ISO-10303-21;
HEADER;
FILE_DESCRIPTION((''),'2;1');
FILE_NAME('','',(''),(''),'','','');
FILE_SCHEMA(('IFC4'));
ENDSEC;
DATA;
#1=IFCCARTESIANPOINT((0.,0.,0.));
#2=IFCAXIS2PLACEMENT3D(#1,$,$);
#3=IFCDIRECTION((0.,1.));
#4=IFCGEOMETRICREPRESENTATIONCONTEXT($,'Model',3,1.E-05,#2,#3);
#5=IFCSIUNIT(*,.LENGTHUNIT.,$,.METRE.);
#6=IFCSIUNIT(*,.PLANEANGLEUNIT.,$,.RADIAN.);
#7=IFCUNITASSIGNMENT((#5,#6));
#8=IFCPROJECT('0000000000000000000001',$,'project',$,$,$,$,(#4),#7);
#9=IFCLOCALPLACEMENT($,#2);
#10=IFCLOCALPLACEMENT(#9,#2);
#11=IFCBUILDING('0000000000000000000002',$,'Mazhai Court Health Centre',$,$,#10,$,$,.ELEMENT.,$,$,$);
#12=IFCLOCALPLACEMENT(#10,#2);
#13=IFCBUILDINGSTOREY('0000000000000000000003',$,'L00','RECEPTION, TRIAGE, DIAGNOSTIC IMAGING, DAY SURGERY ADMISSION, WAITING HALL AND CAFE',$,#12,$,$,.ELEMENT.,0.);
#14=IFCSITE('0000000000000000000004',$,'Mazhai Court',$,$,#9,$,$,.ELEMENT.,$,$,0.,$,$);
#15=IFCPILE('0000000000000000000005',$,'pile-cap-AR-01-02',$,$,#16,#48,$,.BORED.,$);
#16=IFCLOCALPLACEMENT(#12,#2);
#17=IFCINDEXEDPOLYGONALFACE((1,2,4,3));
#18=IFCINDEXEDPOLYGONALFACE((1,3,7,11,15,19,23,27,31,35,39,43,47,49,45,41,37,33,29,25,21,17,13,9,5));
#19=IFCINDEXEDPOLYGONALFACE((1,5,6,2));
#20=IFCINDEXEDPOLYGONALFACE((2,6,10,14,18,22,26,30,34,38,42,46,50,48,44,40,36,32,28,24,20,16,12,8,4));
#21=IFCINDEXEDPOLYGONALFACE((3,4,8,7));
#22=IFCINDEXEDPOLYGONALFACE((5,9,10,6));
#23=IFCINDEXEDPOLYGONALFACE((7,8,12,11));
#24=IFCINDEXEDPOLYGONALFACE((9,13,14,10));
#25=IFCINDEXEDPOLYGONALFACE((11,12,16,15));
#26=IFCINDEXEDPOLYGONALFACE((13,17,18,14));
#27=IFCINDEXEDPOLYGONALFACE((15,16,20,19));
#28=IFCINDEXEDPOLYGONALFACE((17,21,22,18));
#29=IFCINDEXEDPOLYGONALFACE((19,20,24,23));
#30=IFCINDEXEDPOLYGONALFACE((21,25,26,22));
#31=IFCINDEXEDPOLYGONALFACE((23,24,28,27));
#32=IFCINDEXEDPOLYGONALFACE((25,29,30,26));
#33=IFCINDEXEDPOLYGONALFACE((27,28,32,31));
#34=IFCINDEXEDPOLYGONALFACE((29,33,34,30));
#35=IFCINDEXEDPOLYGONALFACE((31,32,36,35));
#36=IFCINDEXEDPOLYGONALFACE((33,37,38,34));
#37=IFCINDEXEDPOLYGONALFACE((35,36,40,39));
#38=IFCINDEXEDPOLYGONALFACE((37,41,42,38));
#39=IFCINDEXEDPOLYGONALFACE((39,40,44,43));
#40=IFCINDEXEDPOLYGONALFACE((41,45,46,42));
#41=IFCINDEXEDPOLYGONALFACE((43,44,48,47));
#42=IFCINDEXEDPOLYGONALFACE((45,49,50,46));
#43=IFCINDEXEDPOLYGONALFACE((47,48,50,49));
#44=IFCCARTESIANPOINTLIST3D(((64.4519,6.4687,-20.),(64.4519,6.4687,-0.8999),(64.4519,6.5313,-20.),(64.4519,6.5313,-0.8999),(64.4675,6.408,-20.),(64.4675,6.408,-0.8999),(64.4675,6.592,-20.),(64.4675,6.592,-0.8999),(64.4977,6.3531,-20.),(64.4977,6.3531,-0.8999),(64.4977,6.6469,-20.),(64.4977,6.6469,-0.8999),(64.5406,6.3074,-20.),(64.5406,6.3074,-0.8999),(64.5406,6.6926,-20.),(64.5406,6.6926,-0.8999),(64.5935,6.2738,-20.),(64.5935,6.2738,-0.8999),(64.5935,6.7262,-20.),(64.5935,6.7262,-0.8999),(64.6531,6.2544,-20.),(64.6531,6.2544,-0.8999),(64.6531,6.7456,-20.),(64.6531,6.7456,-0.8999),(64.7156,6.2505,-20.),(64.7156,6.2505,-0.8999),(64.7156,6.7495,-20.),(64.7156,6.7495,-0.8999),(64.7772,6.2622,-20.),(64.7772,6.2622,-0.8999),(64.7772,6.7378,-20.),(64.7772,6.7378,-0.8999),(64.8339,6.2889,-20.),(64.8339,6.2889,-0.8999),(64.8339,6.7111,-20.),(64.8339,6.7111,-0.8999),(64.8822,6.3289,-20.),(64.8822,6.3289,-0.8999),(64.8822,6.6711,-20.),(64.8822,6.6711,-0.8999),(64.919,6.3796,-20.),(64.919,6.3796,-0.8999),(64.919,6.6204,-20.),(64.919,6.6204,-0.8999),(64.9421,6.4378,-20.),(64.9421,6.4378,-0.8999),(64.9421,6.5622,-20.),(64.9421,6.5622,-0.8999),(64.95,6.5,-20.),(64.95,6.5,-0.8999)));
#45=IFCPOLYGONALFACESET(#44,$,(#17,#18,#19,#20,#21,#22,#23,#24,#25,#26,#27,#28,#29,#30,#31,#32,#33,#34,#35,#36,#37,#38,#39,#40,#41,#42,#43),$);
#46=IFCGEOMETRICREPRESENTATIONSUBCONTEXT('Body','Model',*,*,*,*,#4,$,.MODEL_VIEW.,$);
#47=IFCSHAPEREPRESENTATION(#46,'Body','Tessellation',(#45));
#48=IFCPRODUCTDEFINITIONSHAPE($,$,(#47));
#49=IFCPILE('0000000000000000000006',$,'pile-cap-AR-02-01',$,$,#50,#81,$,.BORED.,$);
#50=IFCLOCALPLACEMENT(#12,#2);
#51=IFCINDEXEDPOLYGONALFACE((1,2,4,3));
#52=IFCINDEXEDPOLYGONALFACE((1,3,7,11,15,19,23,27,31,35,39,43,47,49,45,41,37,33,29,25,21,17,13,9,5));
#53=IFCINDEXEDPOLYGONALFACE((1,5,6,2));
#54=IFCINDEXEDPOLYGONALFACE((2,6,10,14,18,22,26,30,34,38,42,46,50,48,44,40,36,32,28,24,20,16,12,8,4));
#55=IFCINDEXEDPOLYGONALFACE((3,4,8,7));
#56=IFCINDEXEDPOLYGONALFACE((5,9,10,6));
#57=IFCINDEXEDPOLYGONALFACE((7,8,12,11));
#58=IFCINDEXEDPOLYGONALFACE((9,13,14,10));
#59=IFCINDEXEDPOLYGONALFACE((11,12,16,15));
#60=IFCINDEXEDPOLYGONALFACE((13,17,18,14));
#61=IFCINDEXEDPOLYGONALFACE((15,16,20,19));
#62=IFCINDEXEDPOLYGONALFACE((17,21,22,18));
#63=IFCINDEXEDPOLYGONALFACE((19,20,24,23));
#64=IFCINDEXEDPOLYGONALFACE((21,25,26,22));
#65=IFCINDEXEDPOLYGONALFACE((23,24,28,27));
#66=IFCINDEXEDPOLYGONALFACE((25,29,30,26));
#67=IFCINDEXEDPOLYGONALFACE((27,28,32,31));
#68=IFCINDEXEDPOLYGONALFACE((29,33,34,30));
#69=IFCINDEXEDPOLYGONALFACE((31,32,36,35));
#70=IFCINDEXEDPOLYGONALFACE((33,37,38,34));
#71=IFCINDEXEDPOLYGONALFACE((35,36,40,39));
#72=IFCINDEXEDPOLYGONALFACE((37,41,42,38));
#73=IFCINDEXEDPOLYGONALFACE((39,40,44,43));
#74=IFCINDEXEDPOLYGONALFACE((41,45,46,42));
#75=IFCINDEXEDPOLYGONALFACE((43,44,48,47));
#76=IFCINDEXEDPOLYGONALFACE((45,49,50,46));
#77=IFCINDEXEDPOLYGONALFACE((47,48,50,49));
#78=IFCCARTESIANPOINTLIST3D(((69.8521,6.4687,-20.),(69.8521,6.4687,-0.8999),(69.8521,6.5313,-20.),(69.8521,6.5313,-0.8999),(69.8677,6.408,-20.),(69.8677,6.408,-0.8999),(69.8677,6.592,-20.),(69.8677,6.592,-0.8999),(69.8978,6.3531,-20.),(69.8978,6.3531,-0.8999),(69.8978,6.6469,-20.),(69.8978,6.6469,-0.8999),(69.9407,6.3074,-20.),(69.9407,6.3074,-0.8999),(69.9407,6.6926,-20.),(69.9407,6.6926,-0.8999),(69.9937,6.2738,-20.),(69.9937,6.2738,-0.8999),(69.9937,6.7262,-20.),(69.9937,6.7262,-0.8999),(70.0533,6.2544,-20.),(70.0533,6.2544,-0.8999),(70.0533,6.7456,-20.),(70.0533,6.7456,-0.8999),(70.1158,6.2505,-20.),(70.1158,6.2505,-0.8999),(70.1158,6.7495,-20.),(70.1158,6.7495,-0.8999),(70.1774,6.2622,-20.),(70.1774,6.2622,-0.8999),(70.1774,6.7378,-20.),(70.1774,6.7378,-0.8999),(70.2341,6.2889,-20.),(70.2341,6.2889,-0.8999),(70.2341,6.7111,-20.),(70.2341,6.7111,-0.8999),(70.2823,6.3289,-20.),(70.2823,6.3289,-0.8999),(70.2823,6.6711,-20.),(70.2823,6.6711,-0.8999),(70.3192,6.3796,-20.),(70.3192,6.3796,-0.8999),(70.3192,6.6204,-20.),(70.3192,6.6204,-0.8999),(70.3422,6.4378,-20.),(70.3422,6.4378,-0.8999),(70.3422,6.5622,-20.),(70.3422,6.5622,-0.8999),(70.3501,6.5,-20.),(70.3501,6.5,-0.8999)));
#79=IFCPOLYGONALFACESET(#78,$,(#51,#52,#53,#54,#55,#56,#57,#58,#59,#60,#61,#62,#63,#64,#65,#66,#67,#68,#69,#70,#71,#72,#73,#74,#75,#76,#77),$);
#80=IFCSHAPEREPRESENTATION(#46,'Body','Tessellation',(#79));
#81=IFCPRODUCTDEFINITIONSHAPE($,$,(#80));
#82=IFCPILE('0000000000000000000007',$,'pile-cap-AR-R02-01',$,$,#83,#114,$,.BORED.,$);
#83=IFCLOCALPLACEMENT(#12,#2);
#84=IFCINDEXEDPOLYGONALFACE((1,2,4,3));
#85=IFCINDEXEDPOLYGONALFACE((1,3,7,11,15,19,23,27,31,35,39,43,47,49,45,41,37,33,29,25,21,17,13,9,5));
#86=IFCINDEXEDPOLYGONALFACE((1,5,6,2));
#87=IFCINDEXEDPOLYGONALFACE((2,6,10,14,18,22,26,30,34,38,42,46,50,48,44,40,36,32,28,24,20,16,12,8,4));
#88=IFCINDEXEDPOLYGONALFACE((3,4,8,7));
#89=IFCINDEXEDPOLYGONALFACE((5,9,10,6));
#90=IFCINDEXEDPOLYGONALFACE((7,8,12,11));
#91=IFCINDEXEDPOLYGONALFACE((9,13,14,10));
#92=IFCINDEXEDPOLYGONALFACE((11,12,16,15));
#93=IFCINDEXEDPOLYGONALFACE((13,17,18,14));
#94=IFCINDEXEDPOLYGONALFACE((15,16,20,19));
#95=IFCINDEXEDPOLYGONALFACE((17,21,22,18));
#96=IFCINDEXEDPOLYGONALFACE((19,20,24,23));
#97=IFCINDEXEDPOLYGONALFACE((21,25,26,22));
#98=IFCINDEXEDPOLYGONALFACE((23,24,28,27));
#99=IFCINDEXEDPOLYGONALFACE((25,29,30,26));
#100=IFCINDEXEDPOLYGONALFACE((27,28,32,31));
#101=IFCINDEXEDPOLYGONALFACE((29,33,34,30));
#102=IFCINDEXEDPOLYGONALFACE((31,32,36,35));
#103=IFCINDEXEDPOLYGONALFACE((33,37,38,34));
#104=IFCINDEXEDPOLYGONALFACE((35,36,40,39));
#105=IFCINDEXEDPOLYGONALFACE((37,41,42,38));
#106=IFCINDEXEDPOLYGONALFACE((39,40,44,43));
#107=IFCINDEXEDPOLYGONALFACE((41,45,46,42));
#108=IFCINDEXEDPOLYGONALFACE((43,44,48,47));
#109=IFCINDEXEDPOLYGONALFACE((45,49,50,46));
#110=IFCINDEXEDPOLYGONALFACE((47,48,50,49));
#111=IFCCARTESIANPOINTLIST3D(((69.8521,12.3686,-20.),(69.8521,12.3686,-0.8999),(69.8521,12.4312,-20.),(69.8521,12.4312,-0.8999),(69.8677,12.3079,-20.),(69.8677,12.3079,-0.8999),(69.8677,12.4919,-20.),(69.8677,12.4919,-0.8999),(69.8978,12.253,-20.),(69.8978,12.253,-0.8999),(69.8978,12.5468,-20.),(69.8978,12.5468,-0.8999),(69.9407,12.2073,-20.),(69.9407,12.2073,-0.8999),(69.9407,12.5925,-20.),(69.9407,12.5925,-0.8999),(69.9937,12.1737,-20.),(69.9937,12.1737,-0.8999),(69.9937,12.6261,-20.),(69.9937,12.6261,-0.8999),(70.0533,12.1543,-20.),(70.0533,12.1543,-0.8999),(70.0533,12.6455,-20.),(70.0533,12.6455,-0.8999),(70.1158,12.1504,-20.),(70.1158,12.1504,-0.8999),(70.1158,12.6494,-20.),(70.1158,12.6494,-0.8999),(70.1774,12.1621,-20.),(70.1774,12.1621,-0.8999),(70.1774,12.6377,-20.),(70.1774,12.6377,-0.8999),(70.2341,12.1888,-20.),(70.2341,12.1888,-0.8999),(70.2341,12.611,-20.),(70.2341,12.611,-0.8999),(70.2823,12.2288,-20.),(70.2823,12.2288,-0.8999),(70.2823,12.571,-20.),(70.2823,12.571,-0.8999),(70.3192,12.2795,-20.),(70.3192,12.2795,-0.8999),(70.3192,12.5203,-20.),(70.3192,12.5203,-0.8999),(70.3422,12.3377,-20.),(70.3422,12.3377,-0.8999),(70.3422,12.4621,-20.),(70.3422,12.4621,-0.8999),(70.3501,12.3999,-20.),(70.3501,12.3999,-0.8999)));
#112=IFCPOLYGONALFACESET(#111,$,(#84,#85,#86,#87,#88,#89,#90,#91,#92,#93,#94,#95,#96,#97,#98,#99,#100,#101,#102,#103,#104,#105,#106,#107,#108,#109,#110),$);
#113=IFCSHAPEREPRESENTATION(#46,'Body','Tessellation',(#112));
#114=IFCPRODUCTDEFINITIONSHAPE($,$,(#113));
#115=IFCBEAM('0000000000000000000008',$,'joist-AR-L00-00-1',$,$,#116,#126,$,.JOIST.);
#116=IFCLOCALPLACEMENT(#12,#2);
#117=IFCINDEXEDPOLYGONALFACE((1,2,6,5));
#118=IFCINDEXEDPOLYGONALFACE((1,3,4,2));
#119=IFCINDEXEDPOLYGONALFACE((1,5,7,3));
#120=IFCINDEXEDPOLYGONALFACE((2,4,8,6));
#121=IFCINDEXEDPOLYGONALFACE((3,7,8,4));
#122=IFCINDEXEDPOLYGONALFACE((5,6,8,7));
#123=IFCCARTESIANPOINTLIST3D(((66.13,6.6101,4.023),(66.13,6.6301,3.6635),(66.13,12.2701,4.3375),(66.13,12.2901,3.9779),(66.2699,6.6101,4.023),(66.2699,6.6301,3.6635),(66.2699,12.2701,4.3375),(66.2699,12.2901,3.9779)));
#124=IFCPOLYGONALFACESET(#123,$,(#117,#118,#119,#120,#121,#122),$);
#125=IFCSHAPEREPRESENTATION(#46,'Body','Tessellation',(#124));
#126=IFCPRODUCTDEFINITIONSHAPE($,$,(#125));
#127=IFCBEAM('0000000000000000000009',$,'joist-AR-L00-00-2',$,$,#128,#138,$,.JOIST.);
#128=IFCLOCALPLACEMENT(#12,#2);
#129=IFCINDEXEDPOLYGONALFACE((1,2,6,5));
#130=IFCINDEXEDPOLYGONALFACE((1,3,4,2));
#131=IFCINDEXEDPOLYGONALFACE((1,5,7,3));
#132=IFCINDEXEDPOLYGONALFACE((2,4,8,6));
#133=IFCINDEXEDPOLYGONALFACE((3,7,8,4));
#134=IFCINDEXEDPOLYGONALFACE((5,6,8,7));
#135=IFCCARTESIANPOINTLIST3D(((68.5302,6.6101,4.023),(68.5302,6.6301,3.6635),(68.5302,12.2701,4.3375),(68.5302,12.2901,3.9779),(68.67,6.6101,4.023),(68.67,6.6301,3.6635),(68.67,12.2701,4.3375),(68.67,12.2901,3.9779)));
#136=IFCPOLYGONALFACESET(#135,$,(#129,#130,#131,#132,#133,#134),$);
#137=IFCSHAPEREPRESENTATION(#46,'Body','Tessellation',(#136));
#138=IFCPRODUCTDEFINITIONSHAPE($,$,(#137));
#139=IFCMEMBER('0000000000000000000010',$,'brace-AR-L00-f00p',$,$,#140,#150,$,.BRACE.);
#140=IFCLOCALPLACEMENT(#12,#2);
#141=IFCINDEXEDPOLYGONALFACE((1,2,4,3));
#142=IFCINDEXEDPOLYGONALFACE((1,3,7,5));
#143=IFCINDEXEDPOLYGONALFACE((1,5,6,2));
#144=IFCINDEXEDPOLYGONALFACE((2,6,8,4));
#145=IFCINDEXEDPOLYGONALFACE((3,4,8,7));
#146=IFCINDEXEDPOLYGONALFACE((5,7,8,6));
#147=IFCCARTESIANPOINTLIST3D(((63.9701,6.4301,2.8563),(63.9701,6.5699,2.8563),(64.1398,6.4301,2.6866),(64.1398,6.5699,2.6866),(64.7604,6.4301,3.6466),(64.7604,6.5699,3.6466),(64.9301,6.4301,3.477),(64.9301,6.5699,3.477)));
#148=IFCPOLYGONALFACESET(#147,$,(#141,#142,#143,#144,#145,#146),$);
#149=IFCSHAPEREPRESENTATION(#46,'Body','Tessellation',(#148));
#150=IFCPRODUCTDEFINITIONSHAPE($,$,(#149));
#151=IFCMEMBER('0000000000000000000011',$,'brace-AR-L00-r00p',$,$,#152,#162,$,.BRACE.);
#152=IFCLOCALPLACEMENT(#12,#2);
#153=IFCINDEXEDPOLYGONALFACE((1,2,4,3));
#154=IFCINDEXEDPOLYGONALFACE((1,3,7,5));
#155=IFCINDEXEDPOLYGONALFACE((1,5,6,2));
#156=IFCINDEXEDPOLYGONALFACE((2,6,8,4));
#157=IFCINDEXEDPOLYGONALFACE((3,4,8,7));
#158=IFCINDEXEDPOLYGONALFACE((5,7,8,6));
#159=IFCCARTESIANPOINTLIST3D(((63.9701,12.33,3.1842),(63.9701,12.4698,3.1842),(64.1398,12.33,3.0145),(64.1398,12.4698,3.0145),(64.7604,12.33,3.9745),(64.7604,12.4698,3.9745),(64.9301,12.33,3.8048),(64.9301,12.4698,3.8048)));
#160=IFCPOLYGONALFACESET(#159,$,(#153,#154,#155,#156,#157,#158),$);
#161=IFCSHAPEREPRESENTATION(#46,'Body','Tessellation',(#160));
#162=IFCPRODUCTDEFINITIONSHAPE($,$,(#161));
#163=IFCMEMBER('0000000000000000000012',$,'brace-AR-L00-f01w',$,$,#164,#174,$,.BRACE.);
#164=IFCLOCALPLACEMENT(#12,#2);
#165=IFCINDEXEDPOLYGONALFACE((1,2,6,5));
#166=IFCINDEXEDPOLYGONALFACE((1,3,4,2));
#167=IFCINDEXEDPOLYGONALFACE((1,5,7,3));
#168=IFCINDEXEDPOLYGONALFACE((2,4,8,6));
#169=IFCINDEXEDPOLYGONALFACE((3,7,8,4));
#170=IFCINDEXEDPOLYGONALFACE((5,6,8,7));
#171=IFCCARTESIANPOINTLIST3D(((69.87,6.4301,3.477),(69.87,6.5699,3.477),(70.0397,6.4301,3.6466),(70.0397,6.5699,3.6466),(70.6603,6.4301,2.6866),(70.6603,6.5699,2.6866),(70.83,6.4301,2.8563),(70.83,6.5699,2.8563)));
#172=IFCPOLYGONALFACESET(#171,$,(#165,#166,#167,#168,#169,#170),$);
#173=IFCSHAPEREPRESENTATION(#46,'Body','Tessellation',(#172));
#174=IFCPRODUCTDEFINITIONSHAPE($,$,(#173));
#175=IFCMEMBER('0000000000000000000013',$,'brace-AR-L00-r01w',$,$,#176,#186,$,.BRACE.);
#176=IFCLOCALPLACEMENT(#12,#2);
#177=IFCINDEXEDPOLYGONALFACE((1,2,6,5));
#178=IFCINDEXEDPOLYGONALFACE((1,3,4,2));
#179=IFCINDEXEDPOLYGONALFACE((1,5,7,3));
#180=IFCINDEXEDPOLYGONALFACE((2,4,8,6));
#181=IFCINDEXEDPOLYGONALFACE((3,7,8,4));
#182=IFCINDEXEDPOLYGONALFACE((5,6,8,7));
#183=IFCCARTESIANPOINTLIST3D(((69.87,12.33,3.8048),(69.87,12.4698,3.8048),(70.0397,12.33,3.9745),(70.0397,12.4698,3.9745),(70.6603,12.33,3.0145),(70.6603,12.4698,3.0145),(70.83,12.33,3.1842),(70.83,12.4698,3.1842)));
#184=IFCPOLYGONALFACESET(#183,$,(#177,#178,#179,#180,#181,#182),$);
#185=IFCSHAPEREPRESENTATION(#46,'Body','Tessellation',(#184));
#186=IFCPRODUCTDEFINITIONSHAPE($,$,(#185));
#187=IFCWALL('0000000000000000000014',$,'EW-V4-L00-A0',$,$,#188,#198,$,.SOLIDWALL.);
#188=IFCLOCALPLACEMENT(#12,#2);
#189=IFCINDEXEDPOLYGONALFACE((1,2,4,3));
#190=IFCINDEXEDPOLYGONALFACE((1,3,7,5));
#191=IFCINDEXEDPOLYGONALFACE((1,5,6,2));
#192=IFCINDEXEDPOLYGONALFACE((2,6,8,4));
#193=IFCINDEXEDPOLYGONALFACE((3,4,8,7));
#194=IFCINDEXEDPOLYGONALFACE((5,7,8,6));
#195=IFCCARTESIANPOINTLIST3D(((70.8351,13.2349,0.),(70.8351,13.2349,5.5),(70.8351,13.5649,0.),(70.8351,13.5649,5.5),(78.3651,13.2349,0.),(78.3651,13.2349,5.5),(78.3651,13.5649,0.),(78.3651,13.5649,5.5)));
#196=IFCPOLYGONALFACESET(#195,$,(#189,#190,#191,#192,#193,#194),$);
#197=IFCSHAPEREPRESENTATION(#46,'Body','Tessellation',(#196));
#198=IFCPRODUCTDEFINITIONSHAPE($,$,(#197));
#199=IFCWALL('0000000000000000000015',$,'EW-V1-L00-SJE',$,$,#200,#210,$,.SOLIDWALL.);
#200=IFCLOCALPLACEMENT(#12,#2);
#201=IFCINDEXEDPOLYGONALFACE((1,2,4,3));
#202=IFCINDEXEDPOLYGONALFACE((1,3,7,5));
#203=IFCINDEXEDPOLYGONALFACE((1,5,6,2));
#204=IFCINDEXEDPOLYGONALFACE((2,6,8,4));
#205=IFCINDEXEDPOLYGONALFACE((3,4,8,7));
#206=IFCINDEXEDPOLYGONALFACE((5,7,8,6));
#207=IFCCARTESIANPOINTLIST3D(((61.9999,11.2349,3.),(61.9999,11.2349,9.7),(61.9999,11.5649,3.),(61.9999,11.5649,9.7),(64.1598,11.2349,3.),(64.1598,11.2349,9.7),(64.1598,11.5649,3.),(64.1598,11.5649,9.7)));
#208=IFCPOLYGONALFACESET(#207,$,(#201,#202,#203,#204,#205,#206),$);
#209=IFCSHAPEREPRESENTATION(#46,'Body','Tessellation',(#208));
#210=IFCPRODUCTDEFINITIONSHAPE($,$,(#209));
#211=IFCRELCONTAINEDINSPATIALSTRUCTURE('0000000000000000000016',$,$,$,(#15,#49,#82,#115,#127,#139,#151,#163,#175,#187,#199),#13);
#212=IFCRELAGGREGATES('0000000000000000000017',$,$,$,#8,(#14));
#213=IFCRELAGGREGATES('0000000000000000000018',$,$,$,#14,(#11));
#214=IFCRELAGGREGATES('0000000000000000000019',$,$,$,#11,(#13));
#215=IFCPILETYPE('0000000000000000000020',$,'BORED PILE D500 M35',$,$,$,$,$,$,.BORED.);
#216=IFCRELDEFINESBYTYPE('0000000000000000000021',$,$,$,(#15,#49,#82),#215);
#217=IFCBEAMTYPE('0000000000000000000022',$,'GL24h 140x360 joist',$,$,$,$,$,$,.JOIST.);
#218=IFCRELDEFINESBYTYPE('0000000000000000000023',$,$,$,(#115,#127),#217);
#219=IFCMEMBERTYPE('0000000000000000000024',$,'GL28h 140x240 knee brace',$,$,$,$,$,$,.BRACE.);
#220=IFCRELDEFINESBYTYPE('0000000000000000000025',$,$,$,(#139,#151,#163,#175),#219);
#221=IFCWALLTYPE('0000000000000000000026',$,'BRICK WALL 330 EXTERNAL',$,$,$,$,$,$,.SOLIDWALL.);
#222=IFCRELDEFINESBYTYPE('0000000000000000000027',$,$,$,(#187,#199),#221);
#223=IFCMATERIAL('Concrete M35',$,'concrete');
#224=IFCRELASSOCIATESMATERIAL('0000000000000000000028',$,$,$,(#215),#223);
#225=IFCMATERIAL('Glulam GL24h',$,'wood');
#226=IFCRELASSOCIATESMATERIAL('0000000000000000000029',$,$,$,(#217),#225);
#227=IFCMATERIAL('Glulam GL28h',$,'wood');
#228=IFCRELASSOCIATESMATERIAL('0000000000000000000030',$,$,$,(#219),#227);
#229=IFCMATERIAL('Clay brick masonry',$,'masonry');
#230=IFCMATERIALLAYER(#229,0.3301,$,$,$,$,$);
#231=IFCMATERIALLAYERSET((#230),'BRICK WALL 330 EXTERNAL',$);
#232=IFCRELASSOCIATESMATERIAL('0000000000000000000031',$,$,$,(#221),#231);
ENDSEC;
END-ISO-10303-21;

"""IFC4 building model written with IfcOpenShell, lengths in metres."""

from ifc_helpers import new_model, si_unit, direction, frame, frame_2d, origin, origin_2d, place, context, subcontext, project, spatial, rectangle, circle, extrude, material, layer, layer_set, material_profile, profile_set, type_object, element, save


model = new_model("IFC4")

# Units and contexts
model_context = context("Model", 3, precision=1e-05, world=origin(), true_north=direction((0.0, 1.0)))
body_context = subcontext(model_context, "Body", "Model", "MODEL_VIEW")
ifc_project = project(units=[si_unit("LENGTHUNIT", "METRE"), si_unit("PLANEANGLEUNIT", "RADIAN")], contexts=[model_context])

# Site, building, storey
site_placement = place(None, origin())
site = spatial("IfcSite", under=ifc_project, at=site_placement, Name="Mazhai Court", CompositionType="ELEMENT", RefElevation=0.0)
building_placement = place(site_placement, origin())
building = spatial("IfcBuilding", under=site, at=building_placement, Name="Mazhai Court Health Centre", CompositionType="ELEMENT")
storey_placement = place(building_placement, origin())
storey = spatial("IfcBuildingStorey", under=building, at=storey_placement, Name="L00", Description="RECEPTION, TRIAGE, DIAGNOSTIC IMAGING, DAY SURGERY ADMISSION, WAITING HALL AND CAFE", CompositionType="ELEMENT", Elevation=0.0)

# Piles
ifc_material_1 = material(Name="Concrete M35", Category="concrete")
ifc_material_profile_1 = material_profile(ifc_material_1, circle(Radius=0.25, at=origin_2d()), Name="RC PILE D500")
ifc_profile_set_1 = profile_set([ifc_material_profile_1], Name="Concrete M35")
pile_type = type_object("IfcPileType", Name="BORED PILE D500 M35", PredefinedType="BORED", material=ifc_profile_set_1)
for number, where, z_axis, x_axis, name in (
    (1, (64.7, 6.5, -0.8999), (0.0, 0.0, -1.0), (1.0, 0.0, 0.0), "pile-cap-AR-01-02"),
    (2, (70.1001, 6.5, -0.8999), (0.0, 0.0, -1.0), (1.0, 0.0, 0.0), "pile-cap-AR-02-01"),
    (3, (70.1001, 12.3999, -0.8999), (0.0, 0.0, -1.0), (1.0, 0.0, 0.0), "pile-cap-AR-R02-01"),
):
    element("IfcPile", number, at=place(storey_placement, frame(where, z_axis=z_axis, x_axis=x_axis)), inside=storey, type_object=pile_type, Name=name, PredefinedType="BORED", context=body_context, shape_type="SweptSolid", body=[
        extrude(circle(Radius=0.25, at=origin_2d()), origin(), (0.0, 0.0, 1.0), 19.1001),
    ])

# Beams
ifc_material_2 = material(Name="Glulam GL24h", Category="wood")
ifc_material_profile_2 = material_profile(ifc_material_2, rectangle(XDim=0.1399, YDim=0.3601, at=origin_2d()), Name="GL24h 140x360")
ifc_profile_set_2 = profile_set([ifc_material_profile_2], Name="Glulam GL24h")
beam_type = type_object("IfcBeamType", Name="GL24h 140x360 joist", PredefinedType="JOIST", material=ifc_profile_set_2)
for number, where, z_axis, x_axis, name in (
    (4, (66.2, 6.6201, 3.8433), (0.0, 0.99846, 0.055472), (-1.0, 0.0, 0.0), "joist-AR-L00-00-1"),
    (5, (68.6001, 6.6201, 3.8433), (0.0, 0.99846, 0.055472), (-1.0, 0.0, 0.0), "joist-AR-L00-00-2"),
):
    element("IfcBeam", number, at=place(storey_placement, frame(where, z_axis=z_axis, x_axis=x_axis)), inside=storey, type_object=beam_type, Name=name, PredefinedType="JOIST", context=body_context, shape_type="SweptSolid", body=[
        extrude(rectangle(XDim=0.1399, YDim=0.3601, at=origin_2d()), origin(), (0.0, 0.0, 1.0), 5.6687),
    ])

# Members
ifc_material_3 = material(Name="Glulam GL28h", Category="wood")
ifc_material_profile_3 = material_profile(ifc_material_3, rectangle(XDim=0.1399, YDim=0.24, at=origin_2d()), Name="GL28h 140x240")
ifc_profile_set_3 = profile_set([ifc_material_profile_3], Name="Glulam GL28h")
member_type = type_object("IfcMemberType", Name="GL28h 140x240 knee brace", PredefinedType="BRACE", material=ifc_profile_set_3)
for number, where, z_axis, x_axis, name in (
    (6, (64.0549, 6.5, 2.7715), (0.707107, 0.0, 0.707107), (0.0, 1.0, 0.0), "brace-AR-L00-f00p"),
    (7, (64.0549, 12.3999, 3.0994), (0.707107, 0.0, 0.707107), (0.0, 1.0, 0.0), "brace-AR-L00-r00p"),
    (8, (70.7451, 6.5, 2.7715), (-0.707107, 0.0, 0.707107), (0.0, -1.0, 0.0), "brace-AR-L00-f01w"),
    (9, (70.7451, 12.3999, 3.0994), (-0.707107, 0.0, 0.707107), (0.0, -1.0, 0.0), "brace-AR-L00-r01w"),
):
    element("IfcMember", number, at=place(storey_placement, frame(where, z_axis=z_axis, x_axis=x_axis)), inside=storey, type_object=member_type, Name=name, PredefinedType="BRACE", context=body_context, shape_type="SweptSolid", body=[
        extrude(rectangle(XDim=0.1399, YDim=0.24, at=origin_2d()), origin(), (0.0, 0.0, 1.0), 1.1177),
    ])

# Wall
ifc_material_4 = material(Name="Clay brick masonry", Category="masonry")
ifc_layer = layer(ifc_material_4, 0.3301)
ifc_layer_set = layer_set([ifc_layer], Name="BRICK WALL 330 EXTERNAL")
wall_type = type_object("IfcWallType", Name="BRICK WALL 330 EXTERNAL", PredefinedType="SOLIDWALL", material=ifc_layer_set)
wall_1_placement = place(storey_placement, frame((70.835, 13.3999, 0.0), z_axis=(0.0, 0.0, 1.0), x_axis=(1.0, 0.0, 0.0)))
element("IfcWall", 10, at=wall_1_placement, inside=storey, type_object=wall_type, Name="EW-V4-L00-A0", PredefinedType="SOLIDWALL", context=body_context, shape_type="SweptSolid", body=[
    extrude(rectangle(XDim=7.53, YDim=0.3301, at=frame_2d((3.7651, 0.0))), origin(), (0.0, 0.0, 1.0), 5.5),
])

# Wall
wall_2_placement = place(storey_placement, frame((64.1599, 11.3999, 3.0), z_axis=(0.0, 0.0, 1.0), x_axis=(-1.0, 0.0, 0.0)))
element("IfcWall", 11, at=wall_2_placement, inside=storey, type_object=wall_type, Name="EW-V1-L00-SJE", PredefinedType="SOLIDWALL", context=body_context, shape_type="SweptSolid", body=[
    extrude(rectangle(XDim=2.1599, YDim=0.3301, at=frame_2d((1.0801, 0.0))), origin(), (0.0, 0.0, 1.0), 6.7),
])

save(model, "model.ifc")
